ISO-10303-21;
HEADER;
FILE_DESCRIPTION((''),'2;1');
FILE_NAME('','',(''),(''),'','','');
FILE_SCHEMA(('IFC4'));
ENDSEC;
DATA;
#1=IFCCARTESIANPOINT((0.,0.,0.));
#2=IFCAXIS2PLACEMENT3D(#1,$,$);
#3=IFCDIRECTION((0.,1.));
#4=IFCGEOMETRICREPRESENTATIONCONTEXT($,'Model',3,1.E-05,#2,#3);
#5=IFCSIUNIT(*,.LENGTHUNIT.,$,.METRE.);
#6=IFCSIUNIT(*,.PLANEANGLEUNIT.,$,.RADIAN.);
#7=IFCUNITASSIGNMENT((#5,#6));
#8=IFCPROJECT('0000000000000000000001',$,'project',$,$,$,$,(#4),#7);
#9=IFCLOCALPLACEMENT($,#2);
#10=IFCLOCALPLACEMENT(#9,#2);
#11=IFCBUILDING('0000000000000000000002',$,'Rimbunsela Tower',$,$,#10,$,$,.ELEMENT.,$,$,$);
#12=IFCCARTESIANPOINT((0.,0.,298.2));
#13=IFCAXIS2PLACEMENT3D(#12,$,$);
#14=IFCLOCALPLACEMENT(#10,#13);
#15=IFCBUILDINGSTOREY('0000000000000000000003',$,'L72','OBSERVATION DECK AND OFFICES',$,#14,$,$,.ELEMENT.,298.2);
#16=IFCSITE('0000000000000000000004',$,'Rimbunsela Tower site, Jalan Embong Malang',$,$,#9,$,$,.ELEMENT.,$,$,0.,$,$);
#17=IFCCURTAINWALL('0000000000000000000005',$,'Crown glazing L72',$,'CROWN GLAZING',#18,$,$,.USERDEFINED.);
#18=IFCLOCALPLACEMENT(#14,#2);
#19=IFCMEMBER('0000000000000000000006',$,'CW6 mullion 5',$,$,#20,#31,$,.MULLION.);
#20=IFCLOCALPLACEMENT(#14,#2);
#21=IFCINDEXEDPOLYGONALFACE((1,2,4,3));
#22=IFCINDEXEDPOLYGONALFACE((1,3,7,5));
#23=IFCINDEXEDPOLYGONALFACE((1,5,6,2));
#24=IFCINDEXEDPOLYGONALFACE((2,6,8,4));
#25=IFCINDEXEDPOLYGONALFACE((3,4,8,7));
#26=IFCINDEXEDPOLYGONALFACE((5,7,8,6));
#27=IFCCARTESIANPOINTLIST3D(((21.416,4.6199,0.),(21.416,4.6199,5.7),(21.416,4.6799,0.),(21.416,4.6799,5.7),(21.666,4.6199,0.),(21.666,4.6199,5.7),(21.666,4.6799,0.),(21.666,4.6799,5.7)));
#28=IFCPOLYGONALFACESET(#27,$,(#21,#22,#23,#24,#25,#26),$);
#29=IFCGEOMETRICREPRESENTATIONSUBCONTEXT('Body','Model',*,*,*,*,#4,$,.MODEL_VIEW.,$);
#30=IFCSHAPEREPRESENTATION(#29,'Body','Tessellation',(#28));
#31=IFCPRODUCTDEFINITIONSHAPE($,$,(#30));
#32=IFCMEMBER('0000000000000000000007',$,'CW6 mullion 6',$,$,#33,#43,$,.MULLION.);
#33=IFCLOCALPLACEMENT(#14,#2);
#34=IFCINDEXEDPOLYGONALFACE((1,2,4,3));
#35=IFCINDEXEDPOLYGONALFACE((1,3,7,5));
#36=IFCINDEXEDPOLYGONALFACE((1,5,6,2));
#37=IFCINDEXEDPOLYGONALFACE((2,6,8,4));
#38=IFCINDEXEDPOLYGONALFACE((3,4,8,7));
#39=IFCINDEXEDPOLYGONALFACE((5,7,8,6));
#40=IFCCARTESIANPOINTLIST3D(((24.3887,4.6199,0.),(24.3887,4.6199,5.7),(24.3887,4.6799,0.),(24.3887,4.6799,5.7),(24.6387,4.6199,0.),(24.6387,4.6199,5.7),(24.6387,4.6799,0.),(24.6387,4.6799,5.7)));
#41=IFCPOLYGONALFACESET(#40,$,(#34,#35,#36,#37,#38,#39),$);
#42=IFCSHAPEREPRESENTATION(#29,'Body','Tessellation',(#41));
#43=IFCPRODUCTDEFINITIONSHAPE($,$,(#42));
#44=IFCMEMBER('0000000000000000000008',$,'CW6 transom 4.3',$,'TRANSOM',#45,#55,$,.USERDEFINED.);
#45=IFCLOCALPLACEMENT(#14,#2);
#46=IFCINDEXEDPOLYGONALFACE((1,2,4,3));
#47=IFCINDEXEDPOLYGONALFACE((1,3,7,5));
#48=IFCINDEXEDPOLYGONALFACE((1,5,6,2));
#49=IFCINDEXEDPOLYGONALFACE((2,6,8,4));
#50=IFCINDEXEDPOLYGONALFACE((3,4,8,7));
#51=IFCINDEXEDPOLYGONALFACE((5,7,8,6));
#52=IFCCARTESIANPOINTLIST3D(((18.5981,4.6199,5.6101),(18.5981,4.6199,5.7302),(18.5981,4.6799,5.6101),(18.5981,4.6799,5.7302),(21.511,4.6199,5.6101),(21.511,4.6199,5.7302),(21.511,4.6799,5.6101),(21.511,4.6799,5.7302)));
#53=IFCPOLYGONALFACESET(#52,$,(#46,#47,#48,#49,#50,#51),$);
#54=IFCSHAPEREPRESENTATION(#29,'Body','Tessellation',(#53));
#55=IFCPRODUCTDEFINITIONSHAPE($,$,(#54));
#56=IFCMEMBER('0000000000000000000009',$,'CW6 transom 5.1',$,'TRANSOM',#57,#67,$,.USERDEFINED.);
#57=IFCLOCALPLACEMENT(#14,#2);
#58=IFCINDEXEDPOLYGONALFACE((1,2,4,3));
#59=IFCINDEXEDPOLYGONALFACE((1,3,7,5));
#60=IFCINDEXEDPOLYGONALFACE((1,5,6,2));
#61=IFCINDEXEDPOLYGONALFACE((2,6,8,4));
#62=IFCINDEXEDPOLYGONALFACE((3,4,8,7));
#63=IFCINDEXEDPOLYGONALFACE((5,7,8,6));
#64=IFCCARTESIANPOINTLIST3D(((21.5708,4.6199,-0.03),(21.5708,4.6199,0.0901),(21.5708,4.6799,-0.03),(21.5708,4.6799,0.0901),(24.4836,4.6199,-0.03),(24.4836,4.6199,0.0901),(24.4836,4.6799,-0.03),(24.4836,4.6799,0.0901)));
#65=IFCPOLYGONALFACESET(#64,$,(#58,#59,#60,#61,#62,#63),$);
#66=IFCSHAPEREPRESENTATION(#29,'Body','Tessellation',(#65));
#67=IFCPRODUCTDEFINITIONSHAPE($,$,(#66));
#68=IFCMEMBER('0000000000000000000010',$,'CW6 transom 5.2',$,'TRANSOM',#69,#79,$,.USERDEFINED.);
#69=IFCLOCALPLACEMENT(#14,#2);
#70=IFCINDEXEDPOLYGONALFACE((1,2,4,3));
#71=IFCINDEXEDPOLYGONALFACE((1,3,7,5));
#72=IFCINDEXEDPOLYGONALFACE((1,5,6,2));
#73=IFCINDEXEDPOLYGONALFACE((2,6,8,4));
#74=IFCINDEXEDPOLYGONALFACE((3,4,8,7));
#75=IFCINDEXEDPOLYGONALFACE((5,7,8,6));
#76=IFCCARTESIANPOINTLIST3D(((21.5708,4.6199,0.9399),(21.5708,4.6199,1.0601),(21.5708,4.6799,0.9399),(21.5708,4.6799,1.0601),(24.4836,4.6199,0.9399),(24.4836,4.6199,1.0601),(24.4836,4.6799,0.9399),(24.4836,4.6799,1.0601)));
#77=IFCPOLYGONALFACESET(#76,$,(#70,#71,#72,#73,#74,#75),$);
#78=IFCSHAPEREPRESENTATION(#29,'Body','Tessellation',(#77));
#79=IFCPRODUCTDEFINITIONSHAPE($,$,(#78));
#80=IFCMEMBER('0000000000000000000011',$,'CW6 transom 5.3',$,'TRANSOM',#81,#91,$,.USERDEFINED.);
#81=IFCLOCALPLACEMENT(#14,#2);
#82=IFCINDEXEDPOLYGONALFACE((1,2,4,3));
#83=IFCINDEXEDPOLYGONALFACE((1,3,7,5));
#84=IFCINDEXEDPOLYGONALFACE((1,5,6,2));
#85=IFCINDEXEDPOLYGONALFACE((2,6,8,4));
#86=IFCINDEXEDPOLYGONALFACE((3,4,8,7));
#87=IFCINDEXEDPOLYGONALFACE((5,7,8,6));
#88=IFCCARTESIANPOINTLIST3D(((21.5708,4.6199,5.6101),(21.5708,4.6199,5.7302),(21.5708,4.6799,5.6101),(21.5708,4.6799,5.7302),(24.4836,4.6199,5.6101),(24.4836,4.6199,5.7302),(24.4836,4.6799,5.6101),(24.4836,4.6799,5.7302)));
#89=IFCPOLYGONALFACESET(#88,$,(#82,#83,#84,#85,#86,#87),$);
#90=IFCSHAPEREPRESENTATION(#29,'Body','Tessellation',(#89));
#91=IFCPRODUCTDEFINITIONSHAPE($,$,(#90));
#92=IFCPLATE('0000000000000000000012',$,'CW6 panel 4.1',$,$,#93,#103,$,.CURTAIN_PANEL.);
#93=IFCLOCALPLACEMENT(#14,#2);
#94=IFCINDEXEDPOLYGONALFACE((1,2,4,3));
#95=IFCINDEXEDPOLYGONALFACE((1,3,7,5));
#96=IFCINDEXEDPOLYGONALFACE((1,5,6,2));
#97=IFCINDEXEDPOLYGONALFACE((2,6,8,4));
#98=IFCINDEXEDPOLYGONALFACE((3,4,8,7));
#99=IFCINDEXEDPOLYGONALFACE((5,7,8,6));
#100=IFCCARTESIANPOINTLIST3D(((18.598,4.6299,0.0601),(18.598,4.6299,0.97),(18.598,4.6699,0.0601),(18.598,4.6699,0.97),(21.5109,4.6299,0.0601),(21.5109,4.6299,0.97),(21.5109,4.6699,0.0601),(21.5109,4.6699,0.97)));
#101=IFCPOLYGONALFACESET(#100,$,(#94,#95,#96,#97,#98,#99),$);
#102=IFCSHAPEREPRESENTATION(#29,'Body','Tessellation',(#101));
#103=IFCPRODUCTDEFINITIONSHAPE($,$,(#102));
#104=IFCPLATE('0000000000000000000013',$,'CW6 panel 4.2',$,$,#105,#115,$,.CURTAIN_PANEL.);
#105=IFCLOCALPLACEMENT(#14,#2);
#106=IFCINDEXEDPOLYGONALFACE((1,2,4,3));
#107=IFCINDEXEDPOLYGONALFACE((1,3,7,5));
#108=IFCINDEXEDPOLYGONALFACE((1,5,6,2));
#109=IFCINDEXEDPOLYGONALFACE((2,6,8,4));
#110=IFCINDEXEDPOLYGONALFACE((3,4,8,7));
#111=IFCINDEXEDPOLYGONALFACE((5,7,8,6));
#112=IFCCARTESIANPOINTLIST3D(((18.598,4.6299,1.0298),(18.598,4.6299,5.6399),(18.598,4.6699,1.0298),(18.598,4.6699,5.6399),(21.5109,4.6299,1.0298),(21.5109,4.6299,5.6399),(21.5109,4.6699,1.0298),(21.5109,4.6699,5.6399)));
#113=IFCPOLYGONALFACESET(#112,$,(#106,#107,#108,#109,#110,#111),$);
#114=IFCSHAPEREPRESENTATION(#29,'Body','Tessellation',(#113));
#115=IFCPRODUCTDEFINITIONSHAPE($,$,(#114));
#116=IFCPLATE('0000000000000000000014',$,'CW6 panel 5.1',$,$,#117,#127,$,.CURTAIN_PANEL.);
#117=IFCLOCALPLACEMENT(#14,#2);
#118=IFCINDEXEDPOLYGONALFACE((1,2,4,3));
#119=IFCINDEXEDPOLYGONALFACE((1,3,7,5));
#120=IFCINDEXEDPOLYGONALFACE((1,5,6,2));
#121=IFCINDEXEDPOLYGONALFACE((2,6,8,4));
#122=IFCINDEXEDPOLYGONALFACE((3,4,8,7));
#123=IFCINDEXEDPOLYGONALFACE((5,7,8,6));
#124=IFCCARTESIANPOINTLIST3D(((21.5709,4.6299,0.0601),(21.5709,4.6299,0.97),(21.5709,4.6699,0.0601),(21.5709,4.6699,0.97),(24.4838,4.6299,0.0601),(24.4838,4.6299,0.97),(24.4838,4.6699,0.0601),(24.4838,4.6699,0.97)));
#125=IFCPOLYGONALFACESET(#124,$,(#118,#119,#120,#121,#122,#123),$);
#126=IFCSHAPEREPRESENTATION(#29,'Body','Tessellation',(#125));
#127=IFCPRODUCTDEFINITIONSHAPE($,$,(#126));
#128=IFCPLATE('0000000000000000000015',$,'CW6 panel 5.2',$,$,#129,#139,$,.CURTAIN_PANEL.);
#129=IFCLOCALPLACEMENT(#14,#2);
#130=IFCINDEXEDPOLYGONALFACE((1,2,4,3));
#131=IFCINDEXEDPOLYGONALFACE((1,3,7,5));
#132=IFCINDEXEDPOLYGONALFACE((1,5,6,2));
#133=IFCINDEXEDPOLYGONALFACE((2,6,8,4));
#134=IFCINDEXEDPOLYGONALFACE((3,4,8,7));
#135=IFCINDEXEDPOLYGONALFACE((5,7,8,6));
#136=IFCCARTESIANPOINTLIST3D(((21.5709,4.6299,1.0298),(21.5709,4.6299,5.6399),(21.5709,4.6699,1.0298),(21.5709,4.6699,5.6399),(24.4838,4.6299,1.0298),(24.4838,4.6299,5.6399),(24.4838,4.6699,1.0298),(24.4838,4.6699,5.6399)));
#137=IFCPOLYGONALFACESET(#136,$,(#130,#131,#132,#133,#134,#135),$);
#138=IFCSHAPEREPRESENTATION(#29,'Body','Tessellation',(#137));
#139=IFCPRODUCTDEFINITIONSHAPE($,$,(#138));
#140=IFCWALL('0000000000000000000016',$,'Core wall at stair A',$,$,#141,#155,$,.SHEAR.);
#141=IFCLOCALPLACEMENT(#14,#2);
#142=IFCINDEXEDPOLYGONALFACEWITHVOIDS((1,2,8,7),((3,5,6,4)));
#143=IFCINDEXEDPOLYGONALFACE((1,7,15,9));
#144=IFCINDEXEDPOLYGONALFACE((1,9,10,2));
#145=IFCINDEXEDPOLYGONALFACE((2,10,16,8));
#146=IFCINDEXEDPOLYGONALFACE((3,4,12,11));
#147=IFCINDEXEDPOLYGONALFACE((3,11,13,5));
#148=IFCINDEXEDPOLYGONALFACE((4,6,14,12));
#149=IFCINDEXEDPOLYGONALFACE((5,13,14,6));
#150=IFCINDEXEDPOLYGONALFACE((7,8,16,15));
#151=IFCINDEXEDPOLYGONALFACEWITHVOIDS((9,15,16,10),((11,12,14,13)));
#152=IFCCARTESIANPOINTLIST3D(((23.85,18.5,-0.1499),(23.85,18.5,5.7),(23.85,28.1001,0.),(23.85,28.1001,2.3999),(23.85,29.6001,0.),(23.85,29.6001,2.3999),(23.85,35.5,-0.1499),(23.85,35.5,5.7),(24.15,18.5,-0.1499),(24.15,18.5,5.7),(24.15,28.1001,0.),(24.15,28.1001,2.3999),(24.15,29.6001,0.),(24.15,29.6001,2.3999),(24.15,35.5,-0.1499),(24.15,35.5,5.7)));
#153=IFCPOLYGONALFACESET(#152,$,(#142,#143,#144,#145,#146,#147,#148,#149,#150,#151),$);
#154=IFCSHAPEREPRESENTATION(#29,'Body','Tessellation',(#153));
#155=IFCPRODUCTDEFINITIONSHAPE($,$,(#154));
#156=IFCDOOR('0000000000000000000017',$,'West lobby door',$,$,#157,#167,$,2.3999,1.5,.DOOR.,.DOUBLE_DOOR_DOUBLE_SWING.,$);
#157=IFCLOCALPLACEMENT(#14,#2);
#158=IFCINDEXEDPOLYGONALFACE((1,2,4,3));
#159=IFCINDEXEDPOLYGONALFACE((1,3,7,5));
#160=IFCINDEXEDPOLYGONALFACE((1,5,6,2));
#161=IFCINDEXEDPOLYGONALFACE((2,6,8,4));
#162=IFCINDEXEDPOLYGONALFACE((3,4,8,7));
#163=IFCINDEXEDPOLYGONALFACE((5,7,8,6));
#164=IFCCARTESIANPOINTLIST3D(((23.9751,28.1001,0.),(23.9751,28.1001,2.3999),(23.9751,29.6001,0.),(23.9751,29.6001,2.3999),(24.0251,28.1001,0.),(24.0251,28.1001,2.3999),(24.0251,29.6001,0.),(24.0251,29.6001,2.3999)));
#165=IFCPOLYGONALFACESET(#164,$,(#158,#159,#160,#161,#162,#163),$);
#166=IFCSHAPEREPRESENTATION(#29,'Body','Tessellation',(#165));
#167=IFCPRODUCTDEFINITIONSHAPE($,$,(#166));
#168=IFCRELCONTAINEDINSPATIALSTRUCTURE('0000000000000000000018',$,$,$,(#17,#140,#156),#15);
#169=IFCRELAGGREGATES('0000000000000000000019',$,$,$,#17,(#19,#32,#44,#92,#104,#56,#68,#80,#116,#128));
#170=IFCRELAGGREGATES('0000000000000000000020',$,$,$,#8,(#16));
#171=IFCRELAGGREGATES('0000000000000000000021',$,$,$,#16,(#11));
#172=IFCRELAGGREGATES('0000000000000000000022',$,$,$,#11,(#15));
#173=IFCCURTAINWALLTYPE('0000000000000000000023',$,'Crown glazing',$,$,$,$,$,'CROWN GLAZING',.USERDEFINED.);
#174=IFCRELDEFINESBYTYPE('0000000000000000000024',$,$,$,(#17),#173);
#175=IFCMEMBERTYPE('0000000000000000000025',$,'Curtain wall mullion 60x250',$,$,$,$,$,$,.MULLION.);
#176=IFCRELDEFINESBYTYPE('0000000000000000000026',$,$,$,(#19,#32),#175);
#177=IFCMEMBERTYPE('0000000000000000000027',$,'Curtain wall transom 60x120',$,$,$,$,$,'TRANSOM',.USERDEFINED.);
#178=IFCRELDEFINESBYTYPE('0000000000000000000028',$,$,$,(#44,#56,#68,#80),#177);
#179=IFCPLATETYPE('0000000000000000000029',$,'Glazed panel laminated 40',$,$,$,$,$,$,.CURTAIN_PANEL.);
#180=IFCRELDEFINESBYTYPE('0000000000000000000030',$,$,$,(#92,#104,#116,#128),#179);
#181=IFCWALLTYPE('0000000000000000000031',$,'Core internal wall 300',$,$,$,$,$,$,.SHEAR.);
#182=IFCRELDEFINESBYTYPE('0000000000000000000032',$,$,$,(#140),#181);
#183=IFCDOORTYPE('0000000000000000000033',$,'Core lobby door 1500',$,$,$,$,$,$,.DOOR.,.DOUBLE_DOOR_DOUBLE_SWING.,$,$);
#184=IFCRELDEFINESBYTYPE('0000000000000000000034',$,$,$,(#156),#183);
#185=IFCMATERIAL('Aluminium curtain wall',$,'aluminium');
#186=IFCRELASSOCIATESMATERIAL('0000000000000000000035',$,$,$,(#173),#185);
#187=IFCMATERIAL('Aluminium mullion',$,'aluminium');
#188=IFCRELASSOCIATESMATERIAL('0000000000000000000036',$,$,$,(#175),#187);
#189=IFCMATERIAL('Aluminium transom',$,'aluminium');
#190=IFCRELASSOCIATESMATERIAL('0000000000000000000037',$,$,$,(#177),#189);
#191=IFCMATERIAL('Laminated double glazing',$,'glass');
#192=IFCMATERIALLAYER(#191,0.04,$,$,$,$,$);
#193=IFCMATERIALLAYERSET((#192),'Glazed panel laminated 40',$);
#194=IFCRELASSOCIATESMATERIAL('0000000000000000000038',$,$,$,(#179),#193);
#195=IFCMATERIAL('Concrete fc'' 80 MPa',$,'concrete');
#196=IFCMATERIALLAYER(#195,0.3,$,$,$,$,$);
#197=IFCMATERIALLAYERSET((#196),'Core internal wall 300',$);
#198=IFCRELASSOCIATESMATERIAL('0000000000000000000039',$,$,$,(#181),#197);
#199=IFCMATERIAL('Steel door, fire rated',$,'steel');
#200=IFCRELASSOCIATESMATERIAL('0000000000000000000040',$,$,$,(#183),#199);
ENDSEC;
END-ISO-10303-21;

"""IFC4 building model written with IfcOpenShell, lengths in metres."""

from ifc_helpers import new_model, si_unit, direction, frame, frame_2d, origin, origin_2d, place, context, subcontext, project, spatial, rectangle, extrude, material, layer, layer_set, material_profile, profile_set, type_object, element, fill, aggregate, save


model = new_model("IFC4")

# Units and contexts
model_context = context("Model", 3, precision=1e-05, world=origin(), true_north=direction((0.0, 1.0)))
body_context = subcontext(model_context, "Body", "Model", "MODEL_VIEW")
ifc_project = project(units=[si_unit("LENGTHUNIT", "METRE"), si_unit("PLANEANGLEUNIT", "RADIAN")], contexts=[model_context])

# Site, building, storey
site_placement = place(None, origin())
site = spatial("IfcSite", under=ifc_project, at=site_placement, Name="Rimbunsela Tower site, Jalan Embong Malang", CompositionType="ELEMENT", RefElevation=0.0)
building_placement = place(site_placement, origin())
building = spatial("IfcBuilding", under=site, at=building_placement, Name="Rimbunsela Tower", CompositionType="ELEMENT")
storey_placement = place(building_placement, frame((0.0, 0.0, 298.2)))
storey = spatial("IfcBuildingStorey", under=building, at=storey_placement, Name="L72", Description="OBSERVATION DECK AND OFFICES", CompositionType="ELEMENT", Elevation=298.2)

# Curtain wall, members, plates
ifc_material_1 = material(Name="Aluminium curtain wall", Category="aluminium")
curtain_wall_type = type_object("IfcCurtainWallType", Name="Crown glazing", ElementType="CROWN GLAZING", PredefinedType="USERDEFINED", material=ifc_material_1)
curtain_wall_placement = place(storey_placement, origin())
curtain_wall = element("IfcCurtainWall", 1, at=curtain_wall_placement, inside=storey, type_object=curtain_wall_type, Name="Crown glazing L72", ObjectType="CROWN GLAZING", PredefinedType="USERDEFINED")
ifc_material_2 = material(Name="Aluminium mullion", Category="aluminium")
ifc_material_profile_1 = material_profile(ifc_material_2, rectangle(XDim=0.0601, YDim=0.25, at=origin_2d()), Name="Mullion 60x250")
ifc_profile_set_1 = profile_set([ifc_material_profile_1], Name="Aluminium mullion")
member_type_1 = type_object("IfcMemberType", Name="Curtain wall mullion 60x250", PredefinedType="MULLION", material=ifc_profile_set_1)
member_1_placement = place(storey_placement, frame((21.541, 4.6499, 0.0), z_axis=(0.0, 0.0, 1.0), x_axis=(0.0, 1.0, 0.0)))
member_1 = element("IfcMember", 2, at=member_1_placement, type_object=member_type_1, Name="CW6 mullion 5", PredefinedType="MULLION", context=body_context, shape_type="SweptSolid", body=[
    extrude(rectangle(XDim=0.0601, YDim=0.25, at=origin_2d()), origin(), (0.0, 0.0, 1.0), 5.7),
])
member_2_placement = place(storey_placement, frame((24.5137, 4.6499, 0.0), z_axis=(0.0, 0.0, 1.0), x_axis=(0.0, 1.0, 0.0)))
member_2 = element("IfcMember", 3, at=member_2_placement, type_object=member_type_1, Name="CW6 mullion 6", PredefinedType="MULLION", context=body_context, shape_type="SweptSolid", body=[
    extrude(rectangle(XDim=0.0601, YDim=0.25, at=origin_2d()), origin(), (0.0, 0.0, 1.0), 5.7),
])
ifc_material_3 = material(Name="Aluminium transom", Category="aluminium")
ifc_material_profile_2 = material_profile(ifc_material_3, rectangle(XDim=0.0601, YDim=0.1201, at=origin_2d()), Name="Transom 60x120")
ifc_profile_set_2 = profile_set([ifc_material_profile_2], Name="Aluminium transom")
member_type_2 = type_object("IfcMemberType", Name="Curtain wall transom 60x120", ElementType="TRANSOM", PredefinedType="USERDEFINED", material=ifc_profile_set_2)
member_3_placement = place(storey_placement, frame((18.5981, 4.6499, 5.6702), z_axis=(1.0, 0.0, 0.0), x_axis=(0.0, 1.0, 0.0)))
member_3 = element("IfcMember", 4, at=member_3_placement, type_object=member_type_2, Name="CW6 transom 4.3", ObjectType="TRANSOM", PredefinedType="USERDEFINED", context=body_context, shape_type="SweptSolid", body=[
    extrude(rectangle(XDim=0.0601, YDim=0.1201, at=origin_2d()), origin(), (0.0, 0.0, 1.0), 2.9128),
])
member_4_placement = place(storey_placement, frame((21.5708, 4.6499, 0.03), z_axis=(1.0, 0.0, 0.0), x_axis=(0.0, 1.0, 0.0)))
member_4 = element("IfcMember", 5, at=member_4_placement, type_object=member_type_2, Name="CW6 transom 5.1", ObjectType="TRANSOM", PredefinedType="USERDEFINED", context=body_context, shape_type="SweptSolid", body=[
    extrude(rectangle(XDim=0.0601, YDim=0.1201, at=origin_2d()), origin(), (0.0, 0.0, 1.0), 2.9128),
])
member_5_placement = place(storey_placement, frame((21.5708, 4.6499, 1.0), z_axis=(1.0, 0.0, 0.0), x_axis=(0.0, 1.0, 0.0)))
member_5 = element("IfcMember", 6, at=member_5_placement, type_object=member_type_2, Name="CW6 transom 5.2", ObjectType="TRANSOM", PredefinedType="USERDEFINED", context=body_context, shape_type="SweptSolid", body=[
    extrude(rectangle(XDim=0.0601, YDim=0.1201, at=origin_2d()), origin(), (0.0, 0.0, 1.0), 2.9128),
])
member_6_placement = place(storey_placement, frame((21.5708, 4.6499, 5.6702), z_axis=(1.0, 0.0, 0.0), x_axis=(0.0, 1.0, 0.0)))
member_6 = element("IfcMember", 7, at=member_6_placement, type_object=member_type_2, Name="CW6 transom 5.3", ObjectType="TRANSOM", PredefinedType="USERDEFINED", context=body_context, shape_type="SweptSolid", body=[
    extrude(rectangle(XDim=0.0601, YDim=0.1201, at=origin_2d()), origin(), (0.0, 0.0, 1.0), 2.9128),
])
ifc_material_4 = material(Name="Laminated double glazing", Category="glass")
ifc_layer_1 = layer(ifc_material_4, 0.04)
ifc_layer_set_1 = layer_set([ifc_layer_1], Name="Glazed panel laminated 40")
plate_type = type_object("IfcPlateType", Name="Glazed panel laminated 40", PredefinedType="CURTAIN_PANEL", material=ifc_layer_set_1)
plate_1_placement = place(storey_placement, frame((20.0544, 4.6499, 0.0601), z_axis=(0.0, 0.0, 1.0), x_axis=(1.0, 0.0, 0.0)))
plate_1 = element("IfcPlate", 8, at=plate_1_placement, type_object=plate_type, Name="CW6 panel 4.1", PredefinedType="CURTAIN_PANEL", context=body_context, shape_type="SweptSolid", body=[
    extrude(rectangle(XDim=2.9128, YDim=0.04, at=origin_2d()), origin(), (0.0, 0.0, 1.0), 0.9099),
])
plate_2_placement = place(storey_placement, frame((20.0544, 4.6499, 1.0298), z_axis=(0.0, 0.0, 1.0), x_axis=(1.0, 0.0, 0.0)))
plate_2 = element("IfcPlate", 9, at=plate_2_placement, type_object=plate_type, Name="CW6 panel 4.2", PredefinedType="CURTAIN_PANEL", context=body_context, shape_type="SweptSolid", body=[
    extrude(rectangle(XDim=2.9128, YDim=0.04, at=origin_2d()), origin(), (0.0, 0.0, 1.0), 4.6101),
])
plate_3_placement = place(storey_placement, frame((23.0273, 4.6499, 0.0601), z_axis=(0.0, 0.0, 1.0), x_axis=(1.0, 0.0, 0.0)))
plate_3 = element("IfcPlate", 10, at=plate_3_placement, type_object=plate_type, Name="CW6 panel 5.1", PredefinedType="CURTAIN_PANEL", context=body_context, shape_type="SweptSolid", body=[
    extrude(rectangle(XDim=2.9128, YDim=0.04, at=origin_2d()), origin(), (0.0, 0.0, 1.0), 0.9099),
])
plate_4_placement = place(storey_placement, frame((23.0273, 4.6499, 1.0298), z_axis=(0.0, 0.0, 1.0), x_axis=(1.0, 0.0, 0.0)))
plate_4 = element("IfcPlate", 11, at=plate_4_placement, type_object=plate_type, Name="CW6 panel 5.2", PredefinedType="CURTAIN_PANEL", context=body_context, shape_type="SweptSolid", body=[
    extrude(rectangle(XDim=2.9128, YDim=0.04, at=origin_2d()), origin(), (0.0, 0.0, 1.0), 4.6101),
])
aggregate(curtain_wall, [member_1, member_2, member_3, plate_1, plate_2, member_4, member_5, member_6, plate_3, plate_4])

# Wall, opening, door
ifc_material_5 = material(Name="Concrete fc' 80 MPa", Category="concrete")
ifc_layer_2 = layer(ifc_material_5, 0.3)
ifc_layer_set_2 = layer_set([ifc_layer_2], Name="Core internal wall 300")
wall_type_1 = type_object("IfcWallType", Name="Core internal wall 300", PredefinedType="SHEAR", material=ifc_layer_set_2)
wall_1_placement = place(storey_placement, frame((24.0, 18.5, -0.1499), z_axis=(0.0, 0.0, 1.0), x_axis=(0.0, 1.0, 0.0)))
wall_1 = element("IfcWall", 12, at=wall_1_placement, inside=storey, type_object=wall_type_1, Name="Core wall at stair A", PredefinedType="SHEAR", context=body_context, shape_type="SweptSolid", body=[
    extrude(rectangle(XDim=17.0, YDim=0.3, at=frame_2d((8.5, 0.0))), origin(), (0.0, 0.0, 1.0), 5.8499),
])
opening_1_placement = place(wall_1_placement, frame((9.6001, 0.0, 0.1499)))
opening_1 = element("IfcOpeningElement", 13, at=opening_1_placement, cuts=wall_1, PredefinedType="OPENING", context=body_context, shape_type="SweptSolid", body=[
    extrude(rectangle(XDim=1.5, YDim=2.3999, at=frame_2d((0.75, 1.2))), frame((0.0, 0.1599, 0.0), z_axis=(0.0, -1.0, 0.0), x_axis=(1.0, 0.0, 0.0)), (0.0, 0.0, 1.0), 0.3201),
])
ifc_material_6 = material(Name="Steel door, fire rated", Category="steel")
door_type_1 = type_object("IfcDoorType", Name="Core lobby door 1500", OperationType="DOUBLE_DOOR_DOUBLE_SWING", PredefinedType="DOOR", material=ifc_material_6)
door_1_placement = place(opening_1_placement, origin())
door_1 = element("IfcDoor", 14, at=door_1_placement, inside=storey, type_object=door_type_1, Name="West lobby door", OperationType="DOUBLE_DOOR_DOUBLE_SWING", OverallHeight=2.3999, OverallWidth=1.5, PredefinedType="DOOR", context=body_context, shape_type="SweptSolid", body=[
    extrude(rectangle(XDim=1.5, YDim=2.3999, at=frame_2d((0.75, 1.2))), frame((0.0, 0.0249, 0.0), z_axis=(0.0, -1.0, 0.0), x_axis=(1.0, 0.0, 0.0)), (0.0, 0.0, 1.0), 0.05),
])
fill(opening_1, door_1)

save(model, "model.ifc")
